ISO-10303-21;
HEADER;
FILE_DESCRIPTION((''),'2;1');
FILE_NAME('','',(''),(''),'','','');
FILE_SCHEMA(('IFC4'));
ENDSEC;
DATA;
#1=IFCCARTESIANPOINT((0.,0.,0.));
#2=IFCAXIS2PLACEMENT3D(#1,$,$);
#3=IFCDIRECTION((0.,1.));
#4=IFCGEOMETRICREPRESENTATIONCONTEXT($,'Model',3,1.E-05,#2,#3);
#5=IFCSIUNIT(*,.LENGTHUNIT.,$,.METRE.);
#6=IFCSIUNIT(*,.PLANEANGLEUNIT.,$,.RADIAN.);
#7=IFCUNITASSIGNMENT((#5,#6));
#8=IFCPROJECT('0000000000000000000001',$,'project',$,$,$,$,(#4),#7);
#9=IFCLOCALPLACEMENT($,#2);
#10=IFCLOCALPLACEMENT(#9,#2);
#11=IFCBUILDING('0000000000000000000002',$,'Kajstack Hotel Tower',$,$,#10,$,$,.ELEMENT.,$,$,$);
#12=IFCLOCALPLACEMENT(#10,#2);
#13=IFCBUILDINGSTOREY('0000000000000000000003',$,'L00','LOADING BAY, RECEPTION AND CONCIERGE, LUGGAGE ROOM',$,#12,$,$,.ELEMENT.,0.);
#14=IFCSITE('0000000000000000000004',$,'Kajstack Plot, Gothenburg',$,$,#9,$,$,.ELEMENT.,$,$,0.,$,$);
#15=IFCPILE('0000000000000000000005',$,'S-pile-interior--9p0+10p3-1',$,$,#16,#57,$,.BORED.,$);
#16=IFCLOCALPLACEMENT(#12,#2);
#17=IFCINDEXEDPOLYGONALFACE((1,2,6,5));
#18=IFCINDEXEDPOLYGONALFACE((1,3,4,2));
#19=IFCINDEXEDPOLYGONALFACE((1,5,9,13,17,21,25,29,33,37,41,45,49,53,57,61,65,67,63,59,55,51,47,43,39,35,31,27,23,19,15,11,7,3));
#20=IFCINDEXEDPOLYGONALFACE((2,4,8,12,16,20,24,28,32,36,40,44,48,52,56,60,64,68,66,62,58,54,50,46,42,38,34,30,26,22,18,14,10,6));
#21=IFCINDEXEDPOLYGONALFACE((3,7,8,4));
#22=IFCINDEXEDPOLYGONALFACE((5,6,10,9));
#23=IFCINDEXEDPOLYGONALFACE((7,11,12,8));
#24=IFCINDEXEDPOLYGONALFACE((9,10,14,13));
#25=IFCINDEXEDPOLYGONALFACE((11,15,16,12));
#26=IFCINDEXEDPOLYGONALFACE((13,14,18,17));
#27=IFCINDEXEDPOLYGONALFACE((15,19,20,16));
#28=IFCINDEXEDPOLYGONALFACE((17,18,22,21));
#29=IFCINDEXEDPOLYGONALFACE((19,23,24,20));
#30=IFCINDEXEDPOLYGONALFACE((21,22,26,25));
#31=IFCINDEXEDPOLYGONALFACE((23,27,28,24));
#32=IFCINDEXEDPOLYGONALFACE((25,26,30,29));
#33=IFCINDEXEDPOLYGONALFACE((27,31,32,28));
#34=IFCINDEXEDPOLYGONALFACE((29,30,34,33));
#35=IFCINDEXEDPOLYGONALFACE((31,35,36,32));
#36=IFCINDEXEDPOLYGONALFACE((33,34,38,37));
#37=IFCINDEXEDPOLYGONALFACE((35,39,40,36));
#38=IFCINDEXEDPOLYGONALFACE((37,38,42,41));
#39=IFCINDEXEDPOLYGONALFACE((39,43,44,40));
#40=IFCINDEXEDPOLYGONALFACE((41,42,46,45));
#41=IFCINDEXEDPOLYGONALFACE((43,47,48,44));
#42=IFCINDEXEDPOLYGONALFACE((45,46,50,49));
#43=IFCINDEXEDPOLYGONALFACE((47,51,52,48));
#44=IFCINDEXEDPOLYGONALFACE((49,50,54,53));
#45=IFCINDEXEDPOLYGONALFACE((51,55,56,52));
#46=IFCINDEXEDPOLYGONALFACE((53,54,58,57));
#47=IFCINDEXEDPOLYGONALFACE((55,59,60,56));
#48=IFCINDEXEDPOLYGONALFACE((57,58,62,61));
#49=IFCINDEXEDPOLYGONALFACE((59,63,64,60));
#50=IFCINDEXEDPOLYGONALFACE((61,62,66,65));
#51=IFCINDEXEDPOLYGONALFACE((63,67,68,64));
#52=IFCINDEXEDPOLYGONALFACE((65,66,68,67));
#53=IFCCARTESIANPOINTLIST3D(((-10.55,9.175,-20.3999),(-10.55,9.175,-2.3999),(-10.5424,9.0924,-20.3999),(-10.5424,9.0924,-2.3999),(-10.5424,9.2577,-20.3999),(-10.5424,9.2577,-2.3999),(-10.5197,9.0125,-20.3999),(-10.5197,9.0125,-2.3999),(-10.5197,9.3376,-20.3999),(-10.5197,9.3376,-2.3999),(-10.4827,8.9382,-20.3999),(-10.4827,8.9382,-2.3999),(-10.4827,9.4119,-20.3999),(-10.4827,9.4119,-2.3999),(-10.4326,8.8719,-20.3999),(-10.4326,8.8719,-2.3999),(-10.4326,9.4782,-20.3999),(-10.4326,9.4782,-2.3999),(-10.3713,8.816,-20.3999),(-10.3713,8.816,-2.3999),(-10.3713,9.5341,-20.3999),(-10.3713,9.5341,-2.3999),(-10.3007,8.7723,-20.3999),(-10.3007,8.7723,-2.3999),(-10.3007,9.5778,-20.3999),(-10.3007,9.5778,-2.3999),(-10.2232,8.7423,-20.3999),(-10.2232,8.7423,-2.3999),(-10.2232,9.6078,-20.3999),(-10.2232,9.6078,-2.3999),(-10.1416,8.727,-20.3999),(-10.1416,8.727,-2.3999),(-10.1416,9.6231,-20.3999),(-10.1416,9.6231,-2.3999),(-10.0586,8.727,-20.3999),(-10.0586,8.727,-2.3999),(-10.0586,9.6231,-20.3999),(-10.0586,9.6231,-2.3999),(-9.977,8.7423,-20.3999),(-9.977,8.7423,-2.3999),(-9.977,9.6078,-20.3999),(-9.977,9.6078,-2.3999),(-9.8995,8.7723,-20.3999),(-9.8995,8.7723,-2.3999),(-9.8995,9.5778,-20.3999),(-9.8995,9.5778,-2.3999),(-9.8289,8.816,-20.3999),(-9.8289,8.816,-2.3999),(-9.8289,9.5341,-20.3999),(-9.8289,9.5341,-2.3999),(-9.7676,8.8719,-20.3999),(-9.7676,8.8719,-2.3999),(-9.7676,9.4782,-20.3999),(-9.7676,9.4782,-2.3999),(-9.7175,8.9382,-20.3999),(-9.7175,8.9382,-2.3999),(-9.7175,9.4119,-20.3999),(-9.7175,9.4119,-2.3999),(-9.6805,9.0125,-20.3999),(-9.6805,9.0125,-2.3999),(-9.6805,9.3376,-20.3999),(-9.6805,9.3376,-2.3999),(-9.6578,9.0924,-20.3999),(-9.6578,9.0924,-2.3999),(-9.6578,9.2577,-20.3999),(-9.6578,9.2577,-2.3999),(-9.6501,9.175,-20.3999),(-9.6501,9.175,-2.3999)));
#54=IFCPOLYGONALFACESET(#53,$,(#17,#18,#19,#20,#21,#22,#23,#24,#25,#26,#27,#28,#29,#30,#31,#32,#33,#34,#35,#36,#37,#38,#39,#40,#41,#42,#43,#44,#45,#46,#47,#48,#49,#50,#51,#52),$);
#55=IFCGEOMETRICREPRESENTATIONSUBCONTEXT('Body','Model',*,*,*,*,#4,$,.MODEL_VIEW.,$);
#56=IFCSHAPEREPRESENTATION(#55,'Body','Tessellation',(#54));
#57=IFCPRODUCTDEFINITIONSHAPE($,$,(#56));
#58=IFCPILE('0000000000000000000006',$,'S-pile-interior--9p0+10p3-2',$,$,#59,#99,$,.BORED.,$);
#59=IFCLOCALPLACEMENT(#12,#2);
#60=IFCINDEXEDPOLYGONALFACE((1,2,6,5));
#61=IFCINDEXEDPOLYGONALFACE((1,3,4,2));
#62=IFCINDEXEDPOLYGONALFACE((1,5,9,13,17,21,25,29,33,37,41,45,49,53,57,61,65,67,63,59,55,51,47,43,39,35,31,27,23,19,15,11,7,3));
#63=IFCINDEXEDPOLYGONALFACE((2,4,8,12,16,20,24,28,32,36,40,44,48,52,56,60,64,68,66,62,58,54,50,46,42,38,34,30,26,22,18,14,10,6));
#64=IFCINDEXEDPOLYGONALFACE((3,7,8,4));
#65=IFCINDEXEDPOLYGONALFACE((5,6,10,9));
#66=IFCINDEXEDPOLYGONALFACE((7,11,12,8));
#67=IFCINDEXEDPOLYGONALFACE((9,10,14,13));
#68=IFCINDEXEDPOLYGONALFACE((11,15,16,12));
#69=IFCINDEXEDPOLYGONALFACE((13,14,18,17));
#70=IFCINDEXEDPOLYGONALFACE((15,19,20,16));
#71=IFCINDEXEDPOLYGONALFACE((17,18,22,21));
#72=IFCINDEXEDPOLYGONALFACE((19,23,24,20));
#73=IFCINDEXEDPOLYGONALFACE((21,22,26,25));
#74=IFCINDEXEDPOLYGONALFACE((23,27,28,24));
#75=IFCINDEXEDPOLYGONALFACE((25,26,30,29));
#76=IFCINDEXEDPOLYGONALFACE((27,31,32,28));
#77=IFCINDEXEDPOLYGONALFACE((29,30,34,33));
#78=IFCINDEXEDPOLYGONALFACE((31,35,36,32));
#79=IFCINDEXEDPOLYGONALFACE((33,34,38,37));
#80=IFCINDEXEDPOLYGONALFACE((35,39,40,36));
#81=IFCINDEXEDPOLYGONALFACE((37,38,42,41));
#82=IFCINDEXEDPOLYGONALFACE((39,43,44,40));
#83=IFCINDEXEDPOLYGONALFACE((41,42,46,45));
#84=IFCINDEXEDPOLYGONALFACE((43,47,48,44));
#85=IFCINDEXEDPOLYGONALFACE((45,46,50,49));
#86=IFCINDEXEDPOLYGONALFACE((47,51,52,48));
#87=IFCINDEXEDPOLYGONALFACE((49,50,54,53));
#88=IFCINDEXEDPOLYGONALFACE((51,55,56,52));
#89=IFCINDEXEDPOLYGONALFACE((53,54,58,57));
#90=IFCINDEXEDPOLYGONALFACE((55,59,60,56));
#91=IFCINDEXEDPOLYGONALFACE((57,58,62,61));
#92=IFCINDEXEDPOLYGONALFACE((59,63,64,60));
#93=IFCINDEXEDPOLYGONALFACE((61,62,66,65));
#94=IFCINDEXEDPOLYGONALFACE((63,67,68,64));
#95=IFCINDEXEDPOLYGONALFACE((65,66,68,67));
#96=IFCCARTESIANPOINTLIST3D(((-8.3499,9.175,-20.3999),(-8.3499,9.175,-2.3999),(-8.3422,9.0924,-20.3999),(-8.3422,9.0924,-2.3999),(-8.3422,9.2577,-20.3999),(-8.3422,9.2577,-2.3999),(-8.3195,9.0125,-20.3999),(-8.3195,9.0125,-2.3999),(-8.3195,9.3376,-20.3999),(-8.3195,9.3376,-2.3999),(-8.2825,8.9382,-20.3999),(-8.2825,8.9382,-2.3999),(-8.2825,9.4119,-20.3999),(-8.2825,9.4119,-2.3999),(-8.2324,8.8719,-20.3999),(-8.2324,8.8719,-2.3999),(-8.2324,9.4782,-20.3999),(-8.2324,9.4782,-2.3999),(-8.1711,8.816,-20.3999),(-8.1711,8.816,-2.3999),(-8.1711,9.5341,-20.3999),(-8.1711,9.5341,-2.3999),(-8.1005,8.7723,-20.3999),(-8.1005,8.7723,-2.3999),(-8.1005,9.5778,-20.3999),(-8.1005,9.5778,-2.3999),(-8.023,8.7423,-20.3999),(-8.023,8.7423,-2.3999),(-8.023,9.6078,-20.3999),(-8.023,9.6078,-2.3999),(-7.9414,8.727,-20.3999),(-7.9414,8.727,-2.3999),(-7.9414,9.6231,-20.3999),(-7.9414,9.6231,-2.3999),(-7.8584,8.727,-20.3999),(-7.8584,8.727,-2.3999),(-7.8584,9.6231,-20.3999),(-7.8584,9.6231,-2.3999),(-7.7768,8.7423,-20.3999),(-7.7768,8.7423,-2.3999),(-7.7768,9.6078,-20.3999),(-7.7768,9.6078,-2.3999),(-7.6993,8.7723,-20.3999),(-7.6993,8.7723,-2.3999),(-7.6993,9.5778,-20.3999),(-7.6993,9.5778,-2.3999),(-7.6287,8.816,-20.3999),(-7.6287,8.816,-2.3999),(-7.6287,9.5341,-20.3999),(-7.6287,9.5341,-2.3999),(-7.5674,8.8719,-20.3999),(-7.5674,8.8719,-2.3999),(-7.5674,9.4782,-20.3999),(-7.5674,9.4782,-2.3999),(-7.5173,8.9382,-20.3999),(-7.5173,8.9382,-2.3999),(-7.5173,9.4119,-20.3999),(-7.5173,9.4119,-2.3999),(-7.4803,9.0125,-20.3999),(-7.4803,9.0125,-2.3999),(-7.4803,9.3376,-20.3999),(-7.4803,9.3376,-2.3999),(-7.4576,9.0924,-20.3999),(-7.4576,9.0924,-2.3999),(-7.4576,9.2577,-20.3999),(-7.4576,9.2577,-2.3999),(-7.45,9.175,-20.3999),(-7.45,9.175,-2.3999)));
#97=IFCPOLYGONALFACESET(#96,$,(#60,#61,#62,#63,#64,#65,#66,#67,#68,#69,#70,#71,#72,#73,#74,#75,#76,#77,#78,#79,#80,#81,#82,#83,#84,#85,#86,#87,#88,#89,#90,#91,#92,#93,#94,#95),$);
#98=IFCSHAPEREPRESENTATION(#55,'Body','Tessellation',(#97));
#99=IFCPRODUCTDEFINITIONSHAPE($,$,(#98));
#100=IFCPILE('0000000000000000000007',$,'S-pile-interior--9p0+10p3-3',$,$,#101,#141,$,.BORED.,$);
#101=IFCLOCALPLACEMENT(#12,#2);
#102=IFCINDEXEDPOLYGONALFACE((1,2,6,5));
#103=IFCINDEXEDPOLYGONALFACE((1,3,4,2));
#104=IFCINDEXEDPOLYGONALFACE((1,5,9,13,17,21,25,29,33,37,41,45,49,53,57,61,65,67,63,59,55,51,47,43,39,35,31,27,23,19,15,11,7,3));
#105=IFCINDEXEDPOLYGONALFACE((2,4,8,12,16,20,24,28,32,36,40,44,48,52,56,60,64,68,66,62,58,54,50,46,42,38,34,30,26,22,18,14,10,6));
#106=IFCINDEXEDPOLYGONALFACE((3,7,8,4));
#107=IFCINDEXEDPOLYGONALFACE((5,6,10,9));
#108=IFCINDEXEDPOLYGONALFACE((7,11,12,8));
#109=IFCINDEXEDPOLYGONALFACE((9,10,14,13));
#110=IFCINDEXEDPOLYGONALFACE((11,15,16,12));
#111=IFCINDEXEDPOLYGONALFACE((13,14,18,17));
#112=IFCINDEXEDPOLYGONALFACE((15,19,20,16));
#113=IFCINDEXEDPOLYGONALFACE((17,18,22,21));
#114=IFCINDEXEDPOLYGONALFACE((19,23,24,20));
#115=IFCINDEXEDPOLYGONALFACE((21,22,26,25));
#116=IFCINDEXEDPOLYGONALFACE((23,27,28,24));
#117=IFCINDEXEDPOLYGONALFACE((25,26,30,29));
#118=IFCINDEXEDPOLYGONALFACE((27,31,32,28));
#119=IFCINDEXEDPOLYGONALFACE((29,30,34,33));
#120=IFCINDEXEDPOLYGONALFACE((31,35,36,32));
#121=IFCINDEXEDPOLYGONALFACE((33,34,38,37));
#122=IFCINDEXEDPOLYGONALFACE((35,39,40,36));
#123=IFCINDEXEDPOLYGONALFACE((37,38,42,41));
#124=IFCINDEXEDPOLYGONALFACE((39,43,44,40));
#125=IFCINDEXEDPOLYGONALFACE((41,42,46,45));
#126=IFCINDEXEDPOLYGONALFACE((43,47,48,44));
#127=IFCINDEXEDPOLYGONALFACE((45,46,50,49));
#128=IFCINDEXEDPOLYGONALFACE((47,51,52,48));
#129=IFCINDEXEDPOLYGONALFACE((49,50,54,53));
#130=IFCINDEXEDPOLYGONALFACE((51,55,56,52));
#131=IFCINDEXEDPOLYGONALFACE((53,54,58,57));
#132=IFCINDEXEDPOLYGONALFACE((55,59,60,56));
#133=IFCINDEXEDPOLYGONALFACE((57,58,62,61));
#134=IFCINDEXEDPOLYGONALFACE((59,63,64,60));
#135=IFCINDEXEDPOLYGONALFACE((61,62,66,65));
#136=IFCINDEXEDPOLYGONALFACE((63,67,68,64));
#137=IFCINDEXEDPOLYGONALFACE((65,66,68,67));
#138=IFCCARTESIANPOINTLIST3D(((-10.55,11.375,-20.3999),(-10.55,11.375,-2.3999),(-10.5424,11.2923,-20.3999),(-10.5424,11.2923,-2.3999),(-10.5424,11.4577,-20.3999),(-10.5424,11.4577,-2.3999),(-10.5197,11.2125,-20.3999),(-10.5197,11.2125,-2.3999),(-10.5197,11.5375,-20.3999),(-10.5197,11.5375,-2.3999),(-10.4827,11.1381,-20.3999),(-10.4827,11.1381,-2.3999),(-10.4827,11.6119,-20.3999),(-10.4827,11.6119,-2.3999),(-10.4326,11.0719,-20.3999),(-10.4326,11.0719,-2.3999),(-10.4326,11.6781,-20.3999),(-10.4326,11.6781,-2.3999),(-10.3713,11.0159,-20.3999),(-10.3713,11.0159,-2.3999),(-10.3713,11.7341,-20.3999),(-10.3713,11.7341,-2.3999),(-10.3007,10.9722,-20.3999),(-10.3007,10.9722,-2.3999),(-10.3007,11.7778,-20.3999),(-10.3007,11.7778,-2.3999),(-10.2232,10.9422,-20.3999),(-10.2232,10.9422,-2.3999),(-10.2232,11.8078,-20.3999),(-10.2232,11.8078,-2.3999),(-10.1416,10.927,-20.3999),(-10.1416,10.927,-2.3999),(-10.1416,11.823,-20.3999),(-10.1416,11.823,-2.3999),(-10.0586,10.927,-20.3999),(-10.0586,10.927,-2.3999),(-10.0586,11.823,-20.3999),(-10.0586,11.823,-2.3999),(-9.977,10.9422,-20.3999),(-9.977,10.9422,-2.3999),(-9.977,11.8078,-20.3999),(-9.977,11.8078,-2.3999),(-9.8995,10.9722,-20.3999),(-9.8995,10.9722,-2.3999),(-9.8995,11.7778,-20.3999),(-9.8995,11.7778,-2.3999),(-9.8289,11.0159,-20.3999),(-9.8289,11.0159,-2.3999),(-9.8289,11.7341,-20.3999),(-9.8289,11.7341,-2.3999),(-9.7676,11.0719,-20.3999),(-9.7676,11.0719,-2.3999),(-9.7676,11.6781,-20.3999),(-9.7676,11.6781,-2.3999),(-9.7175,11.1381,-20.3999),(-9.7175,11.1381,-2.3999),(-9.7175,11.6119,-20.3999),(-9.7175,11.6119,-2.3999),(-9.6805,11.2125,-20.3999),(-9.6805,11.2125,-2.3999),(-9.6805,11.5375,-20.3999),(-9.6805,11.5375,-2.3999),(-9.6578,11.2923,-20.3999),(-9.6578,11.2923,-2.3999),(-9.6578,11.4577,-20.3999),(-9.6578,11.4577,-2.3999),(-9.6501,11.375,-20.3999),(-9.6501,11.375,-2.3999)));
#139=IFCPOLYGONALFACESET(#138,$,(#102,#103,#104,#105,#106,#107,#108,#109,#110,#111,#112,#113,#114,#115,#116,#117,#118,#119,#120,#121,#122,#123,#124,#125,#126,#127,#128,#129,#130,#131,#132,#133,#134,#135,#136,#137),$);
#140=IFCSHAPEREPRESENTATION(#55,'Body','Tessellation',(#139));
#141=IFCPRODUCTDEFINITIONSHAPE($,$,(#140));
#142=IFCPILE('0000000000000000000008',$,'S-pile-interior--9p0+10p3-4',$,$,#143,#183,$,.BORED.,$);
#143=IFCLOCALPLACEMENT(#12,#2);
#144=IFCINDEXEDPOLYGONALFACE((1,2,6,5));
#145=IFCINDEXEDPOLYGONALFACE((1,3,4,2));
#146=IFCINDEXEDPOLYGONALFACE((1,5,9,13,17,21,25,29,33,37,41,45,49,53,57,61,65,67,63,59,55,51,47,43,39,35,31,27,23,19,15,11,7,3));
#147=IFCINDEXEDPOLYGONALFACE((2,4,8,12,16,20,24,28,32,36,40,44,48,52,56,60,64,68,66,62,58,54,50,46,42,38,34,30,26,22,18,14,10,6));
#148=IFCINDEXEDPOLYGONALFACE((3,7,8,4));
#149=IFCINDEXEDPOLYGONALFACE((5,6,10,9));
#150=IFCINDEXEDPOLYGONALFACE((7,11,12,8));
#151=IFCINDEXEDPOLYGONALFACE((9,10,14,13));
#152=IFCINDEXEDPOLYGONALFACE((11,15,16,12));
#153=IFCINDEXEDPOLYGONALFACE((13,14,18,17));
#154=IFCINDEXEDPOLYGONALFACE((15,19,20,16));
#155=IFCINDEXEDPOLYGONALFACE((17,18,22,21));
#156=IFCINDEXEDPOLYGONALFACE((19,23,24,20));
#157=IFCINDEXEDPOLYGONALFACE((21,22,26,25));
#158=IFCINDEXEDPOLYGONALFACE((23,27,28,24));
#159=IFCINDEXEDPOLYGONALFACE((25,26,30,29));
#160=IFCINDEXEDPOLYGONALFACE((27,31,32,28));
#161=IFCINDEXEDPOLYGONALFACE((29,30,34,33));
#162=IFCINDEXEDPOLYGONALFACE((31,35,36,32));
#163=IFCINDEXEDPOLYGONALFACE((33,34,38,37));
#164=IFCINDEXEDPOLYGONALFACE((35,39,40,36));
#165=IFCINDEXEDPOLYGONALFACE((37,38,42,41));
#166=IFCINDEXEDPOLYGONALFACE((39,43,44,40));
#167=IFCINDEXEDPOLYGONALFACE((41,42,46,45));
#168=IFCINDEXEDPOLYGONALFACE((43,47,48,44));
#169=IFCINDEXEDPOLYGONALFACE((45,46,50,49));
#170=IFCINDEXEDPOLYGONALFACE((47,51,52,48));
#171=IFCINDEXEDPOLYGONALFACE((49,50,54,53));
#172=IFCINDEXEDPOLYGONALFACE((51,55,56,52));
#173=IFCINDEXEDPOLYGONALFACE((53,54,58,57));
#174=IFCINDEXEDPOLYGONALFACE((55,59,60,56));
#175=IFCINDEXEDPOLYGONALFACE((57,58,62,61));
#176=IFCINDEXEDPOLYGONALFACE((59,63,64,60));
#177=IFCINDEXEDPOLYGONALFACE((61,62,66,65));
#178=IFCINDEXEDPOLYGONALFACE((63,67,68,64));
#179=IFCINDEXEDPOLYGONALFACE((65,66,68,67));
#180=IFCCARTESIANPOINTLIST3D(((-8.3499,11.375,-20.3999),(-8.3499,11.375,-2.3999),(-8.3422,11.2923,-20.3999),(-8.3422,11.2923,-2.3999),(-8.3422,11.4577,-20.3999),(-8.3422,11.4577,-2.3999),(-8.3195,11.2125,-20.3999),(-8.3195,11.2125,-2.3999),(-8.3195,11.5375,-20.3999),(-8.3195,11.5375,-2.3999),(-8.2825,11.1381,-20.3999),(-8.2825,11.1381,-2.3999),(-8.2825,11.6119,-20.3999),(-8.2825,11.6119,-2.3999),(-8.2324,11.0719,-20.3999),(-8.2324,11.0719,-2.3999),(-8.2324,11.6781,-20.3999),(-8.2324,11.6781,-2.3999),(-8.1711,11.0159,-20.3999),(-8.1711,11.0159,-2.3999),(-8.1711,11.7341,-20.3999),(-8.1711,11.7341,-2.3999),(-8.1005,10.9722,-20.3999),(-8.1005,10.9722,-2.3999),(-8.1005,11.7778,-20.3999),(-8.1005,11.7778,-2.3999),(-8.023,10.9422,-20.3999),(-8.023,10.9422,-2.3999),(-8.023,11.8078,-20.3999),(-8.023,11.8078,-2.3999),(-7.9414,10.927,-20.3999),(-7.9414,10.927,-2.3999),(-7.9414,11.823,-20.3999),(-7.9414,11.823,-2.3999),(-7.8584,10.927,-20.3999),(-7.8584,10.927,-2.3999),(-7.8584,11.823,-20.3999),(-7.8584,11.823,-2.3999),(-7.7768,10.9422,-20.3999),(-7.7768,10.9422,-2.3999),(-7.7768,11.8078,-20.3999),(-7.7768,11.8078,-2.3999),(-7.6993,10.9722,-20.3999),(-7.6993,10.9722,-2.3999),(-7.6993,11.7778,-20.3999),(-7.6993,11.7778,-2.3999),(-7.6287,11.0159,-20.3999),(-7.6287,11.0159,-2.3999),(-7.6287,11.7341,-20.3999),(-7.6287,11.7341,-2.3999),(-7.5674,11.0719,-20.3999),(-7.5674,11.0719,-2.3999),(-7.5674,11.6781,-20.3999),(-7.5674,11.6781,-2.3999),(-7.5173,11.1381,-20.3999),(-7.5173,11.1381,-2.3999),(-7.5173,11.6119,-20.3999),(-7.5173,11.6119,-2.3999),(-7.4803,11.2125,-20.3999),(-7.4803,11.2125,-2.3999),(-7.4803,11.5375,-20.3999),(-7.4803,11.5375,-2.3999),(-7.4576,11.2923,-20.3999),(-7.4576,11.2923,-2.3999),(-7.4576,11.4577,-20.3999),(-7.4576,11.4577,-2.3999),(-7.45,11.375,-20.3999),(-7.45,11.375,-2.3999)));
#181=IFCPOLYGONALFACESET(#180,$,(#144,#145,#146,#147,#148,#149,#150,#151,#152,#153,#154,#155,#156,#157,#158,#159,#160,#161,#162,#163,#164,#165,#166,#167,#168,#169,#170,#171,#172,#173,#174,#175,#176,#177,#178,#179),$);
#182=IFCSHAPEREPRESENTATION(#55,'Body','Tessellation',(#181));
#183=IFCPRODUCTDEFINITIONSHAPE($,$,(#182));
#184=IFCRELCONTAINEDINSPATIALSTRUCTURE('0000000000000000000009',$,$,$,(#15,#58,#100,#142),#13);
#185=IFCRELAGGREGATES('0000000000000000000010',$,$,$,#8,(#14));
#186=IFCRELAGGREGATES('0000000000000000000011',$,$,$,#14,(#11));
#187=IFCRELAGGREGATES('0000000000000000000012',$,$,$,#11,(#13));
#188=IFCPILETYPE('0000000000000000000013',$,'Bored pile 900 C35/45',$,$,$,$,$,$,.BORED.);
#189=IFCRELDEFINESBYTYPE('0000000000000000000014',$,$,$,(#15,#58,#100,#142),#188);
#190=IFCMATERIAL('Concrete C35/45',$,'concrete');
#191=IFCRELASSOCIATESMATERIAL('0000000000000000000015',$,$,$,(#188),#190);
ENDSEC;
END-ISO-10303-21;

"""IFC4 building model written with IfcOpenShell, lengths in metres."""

from ifc_helpers import new_model, si_unit, direction, frame, origin, origin_2d, place, context, subcontext, project, spatial, circle, extrude, material, material_profile, profile_set, type_object, element, save


model = new_model("IFC4")

# Units and contexts
model_context = context("Model", 3, precision=1e-05, world=origin(), true_north=direction((0.0, 1.0)))
body_context = subcontext(model_context, "Body", "Model", "MODEL_VIEW")
ifc_project = project(units=[si_unit("LENGTHUNIT", "METRE"), si_unit("PLANEANGLEUNIT", "RADIAN")], contexts=[model_context])

# Site, building, storey
site_placement = place(None, origin())
site = spatial("IfcSite", under=ifc_project, at=site_placement, Name="Kajstack Plot, Gothenburg", CompositionType="ELEMENT", RefElevation=0.0)
building_placement = place(site_placement, origin())
building = spatial("IfcBuilding", under=site, at=building_placement, Name="Kajstack Hotel Tower", CompositionType="ELEMENT")
storey_placement = place(building_placement, origin())
storey = spatial("IfcBuildingStorey", under=building, at=storey_placement, Name="L00", Description="LOADING BAY, RECEPTION AND CONCIERGE, LUGGAGE ROOM", CompositionType="ELEMENT", Elevation=0.0)

# Piles
ifc_material_1 = material(Name="Concrete C35/45", Category="concrete")
ifc_material_profile_1 = material_profile(ifc_material_1, circle(Radius=0.45, at=origin_2d()), Name="RC round 900")
ifc_profile_set_1 = profile_set([ifc_material_profile_1], Name="Concrete C35/45")
pile_type_1 = type_object("IfcPileType", Name="Bored pile 900 C35/45", PredefinedType="BORED", material=ifc_profile_set_1)
for number, where, z_axis, x_axis, name in (
    (1, (-10.1001, 9.175, -2.3999), (0.0, 0.0, -1.0), (1.0, 0.0, 0.0), "S-pile-interior--9p0+10p3-1"),
    (2, (-7.8999, 9.175, -2.3999), (0.0, 0.0, -1.0), (1.0, 0.0, 0.0), "S-pile-interior--9p0+10p3-2"),
    (3, (-10.1001, 11.375, -2.3999), (0.0, 0.0, -1.0), (1.0, 0.0, 0.0), "S-pile-interior--9p0+10p3-3"),
    (4, (-7.8999, 11.375, -2.3999), (0.0, 0.0, -1.0), (1.0, 0.0, 0.0), "S-pile-interior--9p0+10p3-4"),
):
    element("IfcPile", number, at=place(storey_placement, frame(where, z_axis=z_axis, x_axis=x_axis)), inside=storey, type_object=pile_type_1, Name=name, PredefinedType="BORED", context=body_context, shape_type="SweptSolid", body=[
        extrude(circle(Radius=0.45, at=origin_2d()), origin(), (0.0, 0.0, 1.0), 18.0),
    ])

save(model, "model.ifc")
